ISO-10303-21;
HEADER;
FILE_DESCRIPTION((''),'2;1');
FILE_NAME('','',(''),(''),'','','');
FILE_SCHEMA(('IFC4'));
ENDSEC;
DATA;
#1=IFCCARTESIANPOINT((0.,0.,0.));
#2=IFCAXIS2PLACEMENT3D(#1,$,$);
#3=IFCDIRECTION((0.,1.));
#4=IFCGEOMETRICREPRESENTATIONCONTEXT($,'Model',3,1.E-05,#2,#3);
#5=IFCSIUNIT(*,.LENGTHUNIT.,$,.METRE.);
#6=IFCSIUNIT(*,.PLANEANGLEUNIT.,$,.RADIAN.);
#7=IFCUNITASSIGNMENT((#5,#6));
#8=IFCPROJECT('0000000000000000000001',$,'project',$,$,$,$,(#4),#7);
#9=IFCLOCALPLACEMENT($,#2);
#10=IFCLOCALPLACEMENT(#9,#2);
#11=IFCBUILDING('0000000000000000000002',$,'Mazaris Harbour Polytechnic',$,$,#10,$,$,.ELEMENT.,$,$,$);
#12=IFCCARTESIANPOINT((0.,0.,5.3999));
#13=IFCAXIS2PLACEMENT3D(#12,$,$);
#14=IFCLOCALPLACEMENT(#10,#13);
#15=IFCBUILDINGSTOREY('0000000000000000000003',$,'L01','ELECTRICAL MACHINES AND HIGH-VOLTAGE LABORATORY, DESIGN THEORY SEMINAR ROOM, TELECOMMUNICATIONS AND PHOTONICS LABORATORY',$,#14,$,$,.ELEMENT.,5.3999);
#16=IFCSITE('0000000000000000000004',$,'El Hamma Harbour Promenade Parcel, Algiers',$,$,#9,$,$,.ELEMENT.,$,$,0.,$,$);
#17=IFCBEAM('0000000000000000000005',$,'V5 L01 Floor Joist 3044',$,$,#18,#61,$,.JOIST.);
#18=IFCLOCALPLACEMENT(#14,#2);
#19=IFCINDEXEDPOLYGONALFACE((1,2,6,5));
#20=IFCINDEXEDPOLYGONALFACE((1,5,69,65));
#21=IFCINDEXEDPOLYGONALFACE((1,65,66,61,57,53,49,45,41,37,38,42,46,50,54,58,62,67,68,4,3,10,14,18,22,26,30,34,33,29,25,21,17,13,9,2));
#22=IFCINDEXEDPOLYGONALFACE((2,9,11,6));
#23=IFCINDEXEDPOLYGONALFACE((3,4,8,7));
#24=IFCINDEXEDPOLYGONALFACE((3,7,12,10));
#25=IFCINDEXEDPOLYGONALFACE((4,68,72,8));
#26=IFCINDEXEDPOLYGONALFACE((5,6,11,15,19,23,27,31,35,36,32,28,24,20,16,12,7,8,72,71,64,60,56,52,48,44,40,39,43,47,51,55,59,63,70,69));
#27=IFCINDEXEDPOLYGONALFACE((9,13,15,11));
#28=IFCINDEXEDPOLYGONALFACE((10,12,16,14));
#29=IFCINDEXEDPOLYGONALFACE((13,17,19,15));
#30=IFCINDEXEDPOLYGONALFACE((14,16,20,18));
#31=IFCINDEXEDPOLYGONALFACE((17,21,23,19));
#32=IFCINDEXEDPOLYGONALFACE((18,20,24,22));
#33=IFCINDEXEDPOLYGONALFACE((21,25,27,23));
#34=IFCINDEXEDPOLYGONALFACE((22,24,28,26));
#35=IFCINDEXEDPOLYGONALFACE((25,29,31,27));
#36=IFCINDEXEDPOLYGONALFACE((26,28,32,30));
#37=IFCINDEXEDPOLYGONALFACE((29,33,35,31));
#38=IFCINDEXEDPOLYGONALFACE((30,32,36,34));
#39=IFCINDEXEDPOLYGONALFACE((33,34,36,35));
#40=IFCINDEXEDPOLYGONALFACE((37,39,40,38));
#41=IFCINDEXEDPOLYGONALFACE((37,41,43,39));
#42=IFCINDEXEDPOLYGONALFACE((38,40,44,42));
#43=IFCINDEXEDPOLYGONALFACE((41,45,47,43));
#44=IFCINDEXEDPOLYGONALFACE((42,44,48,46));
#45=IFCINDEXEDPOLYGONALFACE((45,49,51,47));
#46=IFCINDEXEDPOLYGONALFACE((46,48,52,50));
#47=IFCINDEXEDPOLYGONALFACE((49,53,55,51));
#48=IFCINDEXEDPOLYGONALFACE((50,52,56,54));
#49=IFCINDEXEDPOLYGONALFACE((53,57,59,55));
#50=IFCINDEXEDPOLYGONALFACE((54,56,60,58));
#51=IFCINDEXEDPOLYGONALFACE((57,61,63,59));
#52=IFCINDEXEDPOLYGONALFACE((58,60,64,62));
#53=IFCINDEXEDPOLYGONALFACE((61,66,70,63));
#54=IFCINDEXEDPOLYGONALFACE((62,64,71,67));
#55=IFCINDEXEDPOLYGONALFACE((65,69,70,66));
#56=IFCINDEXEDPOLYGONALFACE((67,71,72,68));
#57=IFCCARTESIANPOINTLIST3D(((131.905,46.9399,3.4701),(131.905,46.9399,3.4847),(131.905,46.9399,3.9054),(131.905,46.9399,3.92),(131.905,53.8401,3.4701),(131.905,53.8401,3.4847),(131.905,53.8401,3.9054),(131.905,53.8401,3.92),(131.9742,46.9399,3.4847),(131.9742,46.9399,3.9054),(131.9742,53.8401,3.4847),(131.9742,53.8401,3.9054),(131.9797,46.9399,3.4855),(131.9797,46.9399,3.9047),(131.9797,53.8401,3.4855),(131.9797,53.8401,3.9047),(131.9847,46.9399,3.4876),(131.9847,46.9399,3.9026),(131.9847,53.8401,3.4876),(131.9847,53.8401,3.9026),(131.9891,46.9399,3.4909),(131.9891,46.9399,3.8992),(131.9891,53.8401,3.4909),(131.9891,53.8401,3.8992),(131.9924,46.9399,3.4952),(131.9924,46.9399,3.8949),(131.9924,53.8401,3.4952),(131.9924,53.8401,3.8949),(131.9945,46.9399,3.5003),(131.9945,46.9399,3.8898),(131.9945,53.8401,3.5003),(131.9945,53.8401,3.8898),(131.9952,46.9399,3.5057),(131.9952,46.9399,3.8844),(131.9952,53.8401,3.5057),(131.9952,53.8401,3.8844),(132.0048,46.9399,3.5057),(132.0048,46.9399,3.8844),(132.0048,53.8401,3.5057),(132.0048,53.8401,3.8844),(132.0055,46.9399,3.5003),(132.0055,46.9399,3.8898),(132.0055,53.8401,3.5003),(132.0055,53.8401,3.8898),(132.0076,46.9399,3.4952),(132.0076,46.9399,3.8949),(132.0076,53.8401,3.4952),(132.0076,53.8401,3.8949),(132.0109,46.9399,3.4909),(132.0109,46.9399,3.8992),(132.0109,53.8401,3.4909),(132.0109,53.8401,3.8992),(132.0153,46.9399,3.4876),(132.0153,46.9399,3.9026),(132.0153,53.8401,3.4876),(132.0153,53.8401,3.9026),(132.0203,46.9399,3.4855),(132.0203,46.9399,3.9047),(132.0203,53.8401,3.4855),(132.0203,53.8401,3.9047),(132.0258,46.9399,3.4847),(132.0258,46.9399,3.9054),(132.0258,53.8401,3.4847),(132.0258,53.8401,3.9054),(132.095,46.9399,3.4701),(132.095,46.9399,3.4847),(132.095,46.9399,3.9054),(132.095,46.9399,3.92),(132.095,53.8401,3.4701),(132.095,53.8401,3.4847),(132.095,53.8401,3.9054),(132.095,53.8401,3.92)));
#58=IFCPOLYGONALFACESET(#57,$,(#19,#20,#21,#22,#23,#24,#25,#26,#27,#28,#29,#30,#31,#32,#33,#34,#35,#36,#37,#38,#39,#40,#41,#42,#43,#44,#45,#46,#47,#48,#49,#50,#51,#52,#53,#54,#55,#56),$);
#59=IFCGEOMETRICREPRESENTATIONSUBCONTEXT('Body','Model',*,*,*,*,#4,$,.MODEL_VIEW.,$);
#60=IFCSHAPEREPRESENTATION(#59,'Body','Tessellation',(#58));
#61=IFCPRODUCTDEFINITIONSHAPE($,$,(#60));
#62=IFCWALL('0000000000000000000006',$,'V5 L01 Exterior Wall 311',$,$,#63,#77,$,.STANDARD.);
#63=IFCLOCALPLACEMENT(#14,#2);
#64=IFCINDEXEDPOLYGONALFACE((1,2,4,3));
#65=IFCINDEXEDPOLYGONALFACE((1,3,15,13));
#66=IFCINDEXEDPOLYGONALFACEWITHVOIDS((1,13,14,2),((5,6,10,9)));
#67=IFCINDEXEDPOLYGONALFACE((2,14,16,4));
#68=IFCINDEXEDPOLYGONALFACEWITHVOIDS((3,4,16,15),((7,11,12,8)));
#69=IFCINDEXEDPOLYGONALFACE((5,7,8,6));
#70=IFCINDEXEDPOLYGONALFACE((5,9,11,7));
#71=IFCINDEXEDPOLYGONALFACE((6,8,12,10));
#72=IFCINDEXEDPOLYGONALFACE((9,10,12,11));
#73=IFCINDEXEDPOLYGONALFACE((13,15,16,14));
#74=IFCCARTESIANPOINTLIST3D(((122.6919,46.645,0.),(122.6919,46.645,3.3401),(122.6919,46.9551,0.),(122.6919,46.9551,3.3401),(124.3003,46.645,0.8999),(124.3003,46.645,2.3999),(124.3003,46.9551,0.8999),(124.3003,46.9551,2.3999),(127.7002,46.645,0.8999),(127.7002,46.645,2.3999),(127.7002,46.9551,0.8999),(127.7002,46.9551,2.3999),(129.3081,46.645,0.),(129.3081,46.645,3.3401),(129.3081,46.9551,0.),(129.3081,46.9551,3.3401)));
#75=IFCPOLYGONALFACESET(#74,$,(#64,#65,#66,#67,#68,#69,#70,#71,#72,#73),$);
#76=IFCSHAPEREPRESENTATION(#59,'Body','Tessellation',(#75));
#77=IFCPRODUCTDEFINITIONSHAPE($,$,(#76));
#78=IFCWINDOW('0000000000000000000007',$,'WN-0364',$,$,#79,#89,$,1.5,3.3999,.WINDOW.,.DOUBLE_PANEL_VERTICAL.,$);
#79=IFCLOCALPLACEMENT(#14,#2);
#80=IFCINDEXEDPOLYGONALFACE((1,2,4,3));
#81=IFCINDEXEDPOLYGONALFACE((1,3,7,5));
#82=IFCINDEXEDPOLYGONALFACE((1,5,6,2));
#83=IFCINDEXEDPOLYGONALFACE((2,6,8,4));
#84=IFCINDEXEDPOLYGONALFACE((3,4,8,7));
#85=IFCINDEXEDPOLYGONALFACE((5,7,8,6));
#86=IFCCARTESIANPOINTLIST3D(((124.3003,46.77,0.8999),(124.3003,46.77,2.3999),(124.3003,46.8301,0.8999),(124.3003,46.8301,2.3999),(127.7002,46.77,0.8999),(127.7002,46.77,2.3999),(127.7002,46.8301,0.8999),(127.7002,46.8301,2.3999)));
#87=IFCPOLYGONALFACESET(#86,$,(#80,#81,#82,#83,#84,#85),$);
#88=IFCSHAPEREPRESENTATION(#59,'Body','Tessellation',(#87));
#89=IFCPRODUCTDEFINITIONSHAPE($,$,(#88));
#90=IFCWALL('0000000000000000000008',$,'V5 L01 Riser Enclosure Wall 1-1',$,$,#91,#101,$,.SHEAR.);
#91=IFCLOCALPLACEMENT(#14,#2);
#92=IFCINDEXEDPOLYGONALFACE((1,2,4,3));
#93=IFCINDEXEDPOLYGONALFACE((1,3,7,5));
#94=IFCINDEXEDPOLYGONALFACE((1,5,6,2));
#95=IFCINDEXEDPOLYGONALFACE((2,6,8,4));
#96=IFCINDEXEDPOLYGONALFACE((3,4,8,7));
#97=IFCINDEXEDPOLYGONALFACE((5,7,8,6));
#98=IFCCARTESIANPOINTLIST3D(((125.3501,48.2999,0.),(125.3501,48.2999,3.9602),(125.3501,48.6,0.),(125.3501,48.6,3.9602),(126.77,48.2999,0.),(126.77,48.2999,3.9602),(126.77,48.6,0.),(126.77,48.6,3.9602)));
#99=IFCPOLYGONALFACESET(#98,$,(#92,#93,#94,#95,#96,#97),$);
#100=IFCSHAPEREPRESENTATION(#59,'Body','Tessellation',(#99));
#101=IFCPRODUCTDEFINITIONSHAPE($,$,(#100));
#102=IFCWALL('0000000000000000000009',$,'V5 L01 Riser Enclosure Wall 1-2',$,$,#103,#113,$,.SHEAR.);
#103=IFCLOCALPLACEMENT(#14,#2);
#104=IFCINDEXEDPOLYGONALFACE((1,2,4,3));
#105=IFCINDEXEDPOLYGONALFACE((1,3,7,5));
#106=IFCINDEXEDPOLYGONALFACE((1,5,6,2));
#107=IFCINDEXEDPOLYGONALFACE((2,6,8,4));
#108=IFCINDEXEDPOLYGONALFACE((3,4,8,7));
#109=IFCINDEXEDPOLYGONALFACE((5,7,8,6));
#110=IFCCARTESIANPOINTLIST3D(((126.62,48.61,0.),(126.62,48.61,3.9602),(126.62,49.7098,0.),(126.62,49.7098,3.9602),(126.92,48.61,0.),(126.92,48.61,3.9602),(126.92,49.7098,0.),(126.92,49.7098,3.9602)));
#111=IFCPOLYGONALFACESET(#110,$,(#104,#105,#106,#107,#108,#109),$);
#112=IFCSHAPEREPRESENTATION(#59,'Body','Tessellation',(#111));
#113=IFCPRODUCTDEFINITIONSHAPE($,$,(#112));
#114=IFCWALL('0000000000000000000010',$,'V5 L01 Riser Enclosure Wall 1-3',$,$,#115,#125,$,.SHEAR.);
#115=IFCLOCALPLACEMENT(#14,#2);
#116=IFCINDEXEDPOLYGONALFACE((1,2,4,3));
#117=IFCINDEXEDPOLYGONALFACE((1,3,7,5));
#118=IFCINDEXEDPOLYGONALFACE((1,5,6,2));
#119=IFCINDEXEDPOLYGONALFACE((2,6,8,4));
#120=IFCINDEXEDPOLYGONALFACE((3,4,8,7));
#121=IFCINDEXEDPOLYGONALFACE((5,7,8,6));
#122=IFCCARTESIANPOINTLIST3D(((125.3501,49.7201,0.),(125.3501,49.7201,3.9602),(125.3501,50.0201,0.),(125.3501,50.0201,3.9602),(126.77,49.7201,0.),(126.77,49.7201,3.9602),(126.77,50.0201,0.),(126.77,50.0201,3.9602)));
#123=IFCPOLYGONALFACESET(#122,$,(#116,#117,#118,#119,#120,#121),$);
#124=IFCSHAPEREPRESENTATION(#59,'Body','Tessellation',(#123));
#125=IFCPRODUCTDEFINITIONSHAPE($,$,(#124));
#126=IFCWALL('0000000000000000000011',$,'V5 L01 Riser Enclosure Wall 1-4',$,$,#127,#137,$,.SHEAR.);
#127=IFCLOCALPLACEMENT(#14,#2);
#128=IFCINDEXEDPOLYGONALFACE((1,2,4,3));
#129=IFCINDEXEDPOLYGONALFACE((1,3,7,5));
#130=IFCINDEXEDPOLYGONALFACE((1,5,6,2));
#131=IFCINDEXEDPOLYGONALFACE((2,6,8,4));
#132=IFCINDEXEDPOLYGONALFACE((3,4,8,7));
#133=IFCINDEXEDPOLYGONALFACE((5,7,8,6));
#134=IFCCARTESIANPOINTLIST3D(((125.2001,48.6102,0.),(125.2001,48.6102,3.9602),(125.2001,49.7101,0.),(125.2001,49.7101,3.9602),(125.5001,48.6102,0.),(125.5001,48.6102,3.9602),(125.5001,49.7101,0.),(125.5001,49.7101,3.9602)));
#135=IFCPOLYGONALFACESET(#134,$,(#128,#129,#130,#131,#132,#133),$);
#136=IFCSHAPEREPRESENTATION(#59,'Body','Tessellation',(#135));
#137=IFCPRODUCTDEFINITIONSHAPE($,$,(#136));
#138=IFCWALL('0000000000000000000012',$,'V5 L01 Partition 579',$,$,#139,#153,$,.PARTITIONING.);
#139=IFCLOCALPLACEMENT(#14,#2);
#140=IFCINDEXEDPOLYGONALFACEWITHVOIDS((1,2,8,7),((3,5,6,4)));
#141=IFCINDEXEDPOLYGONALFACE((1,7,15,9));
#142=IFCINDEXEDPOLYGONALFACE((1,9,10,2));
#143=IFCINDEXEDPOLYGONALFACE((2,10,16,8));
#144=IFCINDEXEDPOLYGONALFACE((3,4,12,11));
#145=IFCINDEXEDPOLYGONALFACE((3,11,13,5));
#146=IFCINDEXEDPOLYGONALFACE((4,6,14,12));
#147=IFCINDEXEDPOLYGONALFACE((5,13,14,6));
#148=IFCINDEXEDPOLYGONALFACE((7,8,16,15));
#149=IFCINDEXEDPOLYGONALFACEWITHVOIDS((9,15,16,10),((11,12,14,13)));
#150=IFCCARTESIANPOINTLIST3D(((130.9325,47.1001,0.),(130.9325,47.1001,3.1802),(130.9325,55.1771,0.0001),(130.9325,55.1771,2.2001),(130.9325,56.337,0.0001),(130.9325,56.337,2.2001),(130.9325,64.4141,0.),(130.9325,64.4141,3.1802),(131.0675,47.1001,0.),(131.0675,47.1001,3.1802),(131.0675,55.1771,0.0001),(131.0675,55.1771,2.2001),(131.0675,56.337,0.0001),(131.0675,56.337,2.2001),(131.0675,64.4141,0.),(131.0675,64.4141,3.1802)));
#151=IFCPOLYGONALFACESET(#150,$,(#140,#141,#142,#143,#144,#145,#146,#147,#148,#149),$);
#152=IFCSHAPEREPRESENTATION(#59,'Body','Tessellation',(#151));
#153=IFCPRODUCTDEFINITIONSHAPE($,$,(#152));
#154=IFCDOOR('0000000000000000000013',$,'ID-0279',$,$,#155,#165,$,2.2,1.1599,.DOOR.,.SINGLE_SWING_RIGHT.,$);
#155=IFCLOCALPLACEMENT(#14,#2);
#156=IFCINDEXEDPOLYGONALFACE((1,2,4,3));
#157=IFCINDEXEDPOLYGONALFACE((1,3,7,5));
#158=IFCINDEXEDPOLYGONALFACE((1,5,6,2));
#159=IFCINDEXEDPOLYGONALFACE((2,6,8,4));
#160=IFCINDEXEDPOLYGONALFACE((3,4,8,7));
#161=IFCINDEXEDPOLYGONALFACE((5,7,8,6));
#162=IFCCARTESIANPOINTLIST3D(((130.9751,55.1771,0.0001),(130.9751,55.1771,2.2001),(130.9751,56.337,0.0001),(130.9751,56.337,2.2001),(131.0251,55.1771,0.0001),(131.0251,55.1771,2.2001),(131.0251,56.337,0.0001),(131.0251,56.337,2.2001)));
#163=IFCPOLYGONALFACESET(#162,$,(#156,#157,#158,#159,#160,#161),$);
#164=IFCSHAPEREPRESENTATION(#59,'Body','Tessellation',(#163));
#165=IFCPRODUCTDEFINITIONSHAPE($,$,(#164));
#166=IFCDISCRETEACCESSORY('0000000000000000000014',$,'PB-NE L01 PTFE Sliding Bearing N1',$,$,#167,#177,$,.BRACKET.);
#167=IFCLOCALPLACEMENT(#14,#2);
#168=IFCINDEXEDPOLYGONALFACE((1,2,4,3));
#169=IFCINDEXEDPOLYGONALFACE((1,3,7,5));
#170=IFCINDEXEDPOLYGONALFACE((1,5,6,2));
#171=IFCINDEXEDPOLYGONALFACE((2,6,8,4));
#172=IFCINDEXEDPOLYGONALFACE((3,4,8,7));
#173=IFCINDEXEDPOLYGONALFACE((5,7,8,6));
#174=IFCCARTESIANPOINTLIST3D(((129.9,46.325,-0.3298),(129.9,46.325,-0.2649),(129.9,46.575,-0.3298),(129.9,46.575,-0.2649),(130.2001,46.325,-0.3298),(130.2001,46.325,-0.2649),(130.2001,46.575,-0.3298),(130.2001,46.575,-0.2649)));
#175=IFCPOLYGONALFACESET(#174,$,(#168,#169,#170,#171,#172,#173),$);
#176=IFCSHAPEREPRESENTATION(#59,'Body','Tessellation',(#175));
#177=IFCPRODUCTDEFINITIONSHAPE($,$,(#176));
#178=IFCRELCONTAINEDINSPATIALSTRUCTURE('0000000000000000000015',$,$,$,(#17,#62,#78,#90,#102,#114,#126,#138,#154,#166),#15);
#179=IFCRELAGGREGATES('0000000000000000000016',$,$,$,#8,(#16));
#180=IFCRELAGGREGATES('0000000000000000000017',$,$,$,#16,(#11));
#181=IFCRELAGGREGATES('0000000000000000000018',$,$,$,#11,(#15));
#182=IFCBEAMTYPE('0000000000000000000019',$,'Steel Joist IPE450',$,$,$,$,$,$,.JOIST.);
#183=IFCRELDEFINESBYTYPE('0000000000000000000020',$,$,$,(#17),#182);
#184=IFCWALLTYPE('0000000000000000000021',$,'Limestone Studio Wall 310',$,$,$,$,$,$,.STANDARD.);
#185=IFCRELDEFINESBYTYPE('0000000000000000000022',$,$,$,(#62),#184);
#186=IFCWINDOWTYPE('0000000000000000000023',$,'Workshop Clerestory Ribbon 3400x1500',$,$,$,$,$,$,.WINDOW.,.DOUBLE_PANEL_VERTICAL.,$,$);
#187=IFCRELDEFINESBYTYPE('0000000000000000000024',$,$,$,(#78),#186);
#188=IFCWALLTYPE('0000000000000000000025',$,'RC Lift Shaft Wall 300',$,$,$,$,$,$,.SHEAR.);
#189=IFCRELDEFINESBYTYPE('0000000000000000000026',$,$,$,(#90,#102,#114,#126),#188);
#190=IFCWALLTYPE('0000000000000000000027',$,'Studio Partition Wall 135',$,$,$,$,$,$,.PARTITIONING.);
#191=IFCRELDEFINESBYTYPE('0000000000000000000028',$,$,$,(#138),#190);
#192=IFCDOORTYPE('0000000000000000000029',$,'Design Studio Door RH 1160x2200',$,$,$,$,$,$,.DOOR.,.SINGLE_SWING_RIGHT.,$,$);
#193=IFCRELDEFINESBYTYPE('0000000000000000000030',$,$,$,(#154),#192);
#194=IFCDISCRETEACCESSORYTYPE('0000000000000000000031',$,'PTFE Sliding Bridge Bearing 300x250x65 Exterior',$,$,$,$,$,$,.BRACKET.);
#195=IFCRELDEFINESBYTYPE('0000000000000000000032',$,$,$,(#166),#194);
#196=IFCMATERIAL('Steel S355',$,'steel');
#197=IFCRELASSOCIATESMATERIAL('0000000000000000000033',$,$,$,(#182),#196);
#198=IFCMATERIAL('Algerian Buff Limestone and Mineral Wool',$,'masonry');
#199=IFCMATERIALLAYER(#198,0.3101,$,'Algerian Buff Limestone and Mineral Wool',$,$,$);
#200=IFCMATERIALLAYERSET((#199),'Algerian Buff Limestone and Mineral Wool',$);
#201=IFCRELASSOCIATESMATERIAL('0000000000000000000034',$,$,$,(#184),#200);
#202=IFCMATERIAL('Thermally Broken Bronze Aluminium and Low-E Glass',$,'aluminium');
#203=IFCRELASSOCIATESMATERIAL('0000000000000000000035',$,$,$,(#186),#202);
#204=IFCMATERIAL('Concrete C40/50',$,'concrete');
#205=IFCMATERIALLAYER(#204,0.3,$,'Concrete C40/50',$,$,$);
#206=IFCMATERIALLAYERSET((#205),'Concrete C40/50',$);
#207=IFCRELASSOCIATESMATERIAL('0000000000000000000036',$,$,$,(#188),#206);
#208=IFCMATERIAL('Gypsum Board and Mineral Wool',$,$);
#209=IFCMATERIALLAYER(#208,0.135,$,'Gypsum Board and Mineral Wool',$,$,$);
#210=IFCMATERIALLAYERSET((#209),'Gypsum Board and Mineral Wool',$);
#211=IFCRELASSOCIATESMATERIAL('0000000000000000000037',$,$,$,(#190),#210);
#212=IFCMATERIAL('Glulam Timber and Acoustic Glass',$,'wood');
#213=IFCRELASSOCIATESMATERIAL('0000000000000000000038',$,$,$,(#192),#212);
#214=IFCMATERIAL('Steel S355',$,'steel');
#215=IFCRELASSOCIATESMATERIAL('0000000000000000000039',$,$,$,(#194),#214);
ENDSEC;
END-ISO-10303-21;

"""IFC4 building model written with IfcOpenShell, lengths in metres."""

from ifc_helpers import new_model, si_unit, direction, frame, frame_2d, origin, origin_2d, place, context, subcontext, project, spatial, rectangle, i_section, extrude, material, layer, layer_set, material_profile, profile_set, type_object, element, fill, save


model = new_model("IFC4")

# Units and contexts
model_context = context("Model", 3, precision=1e-05, world=origin(), true_north=direction((0.0, 1.0)))
body_context = subcontext(model_context, "Body", "Model", "MODEL_VIEW")
ifc_project = project(units=[si_unit("LENGTHUNIT", "METRE"), si_unit("PLANEANGLEUNIT", "RADIAN")], contexts=[model_context])

# Site, building, storey
site_placement = place(None, origin())
site = spatial("IfcSite", under=ifc_project, at=site_placement, Name="El Hamma Harbour Promenade Parcel, Algiers", CompositionType="ELEMENT", RefElevation=0.0)
building_placement = place(site_placement, origin())
building = spatial("IfcBuilding", under=site, at=building_placement, Name="Mazaris Harbour Polytechnic", CompositionType="ELEMENT")
storey_placement = place(building_placement, frame((0.0, 0.0, 5.3999)))
storey = spatial("IfcBuildingStorey", under=building, at=storey_placement, Name="L01", Description="ELECTRICAL MACHINES AND HIGH-VOLTAGE LABORATORY, DESIGN THEORY SEMINAR ROOM, TELECOMMUNICATIONS AND PHOTONICS LABORATORY", CompositionType="ELEMENT", Elevation=5.3999)

# Beam
ifc_material_1 = material(Name="Steel S355", Category="steel")
ifc_material_profile_1 = material_profile(ifc_material_1, i_section(OverallWidth=0.1899, OverallDepth=0.45, WebThickness=0.0095, FlangeThickness=0.0146, FilletRadius=0.021, at=origin_2d()), Name="IPE 450")
ifc_profile_set_1 = profile_set([ifc_material_profile_1], Name="Steel S355")
beam_type_1 = type_object("IfcBeamType", Name="Steel Joist IPE450", PredefinedType="JOIST", material=ifc_profile_set_1)
beam_1_placement = place(storey_placement, frame((132.0, 46.9399, 3.6951), z_axis=(0.0, 1.0, 0.0), x_axis=(-1.0, 0.0, 0.0)))
element("IfcBeam", 1, at=beam_1_placement, inside=storey, type_object=beam_type_1, Name="V5 L01 Floor Joist 3044", PredefinedType="JOIST", context=body_context, shape_type="SweptSolid", body=[
    extrude(i_section(OverallWidth=0.1899, OverallDepth=0.45, WebThickness=0.0095, FlangeThickness=0.0146, FilletRadius=0.021, at=origin_2d()), origin(), (0.0, 0.0, 1.0), 6.9001),
])

# Wall, opening, window
ifc_material_2 = material(Name="Algerian Buff Limestone and Mineral Wool", Category="masonry")
ifc_layer_1 = layer(ifc_material_2, 0.3101, Name="Algerian Buff Limestone and Mineral Wool")
ifc_layer_set_1 = layer_set([ifc_layer_1], Name="Algerian Buff Limestone and Mineral Wool")
wall_type_1 = type_object("IfcWallType", Name="Limestone Studio Wall 310", PredefinedType="STANDARD", material=ifc_layer_set_1)
wall_1_placement = place(storey_placement, frame((129.3081, 46.8, 0.0), z_axis=(0.0, 0.0, 1.0), x_axis=(-1.0, 0.0, 0.0)))
wall_1 = element("IfcWall", 2, at=wall_1_placement, inside=storey, type_object=wall_type_1, Name="V5 L01 Exterior Wall 311", PredefinedType="STANDARD", context=body_context, shape_type="SweptSolid", body=[
    extrude(rectangle(XDim=6.6162, YDim=0.3101, at=frame_2d((3.3081, 0.0))), origin(), (0.0, 0.0, 1.0), 3.3401),
])
opening_1_placement = place(wall_1_placement, frame((1.6079, 0.0, 0.8999)))
opening_1 = element("IfcOpeningElement", 3, at=opening_1_placement, cuts=wall_1, PredefinedType="OPENING", context=body_context, shape_type="SweptSolid", body=[
    extrude(rectangle(XDim=3.3999, YDim=1.5, at=frame_2d((1.7, 0.75))), frame((0.0, 0.165, 0.0), z_axis=(0.0, -1.0, 0.0), x_axis=(1.0, 0.0, 0.0)), (0.0, 0.0, 1.0), 0.3301),
])
ifc_material_3 = material(Name="Thermally Broken Bronze Aluminium and Low-E Glass", Category="aluminium")
window_type = type_object("IfcWindowType", Name="Workshop Clerestory Ribbon 3400x1500", PartitioningType="DOUBLE_PANEL_VERTICAL", PredefinedType="WINDOW", material=ifc_material_3)
window_placement = place(opening_1_placement, origin())
window = element("IfcWindow", 4, at=window_placement, inside=storey, type_object=window_type, Name="WN-0364", OverallHeight=1.5, OverallWidth=3.3999, PartitioningType="DOUBLE_PANEL_VERTICAL", PredefinedType="WINDOW", context=body_context, shape_type="SweptSolid", body=[
    extrude(rectangle(XDim=3.3999, YDim=1.5, at=frame_2d((1.7, 0.75))), frame((0.0, 0.03, 0.0), z_axis=(0.0, -1.0, 0.0), x_axis=(1.0, 0.0, 0.0)), (0.0, 0.0, 1.0), 0.0601),
])
fill(opening_1, window)

# Walls
ifc_material_4 = material(Name="Concrete C40/50", Category="concrete")
ifc_layer_2 = layer(ifc_material_4, 0.3, Name="Concrete C40/50")
ifc_layer_set_2 = layer_set([ifc_layer_2], Name="Concrete C40/50")
wall_type_2 = type_object("IfcWallType", Name="RC Lift Shaft Wall 300", PredefinedType="SHEAR", material=ifc_layer_set_2)
wall_2_placement = place(storey_placement, frame((125.3501, 48.45, 0.0), z_axis=(0.0, 0.0, 1.0), x_axis=(1.0, 0.0, 0.0)))
element("IfcWall", 5, at=wall_2_placement, inside=storey, type_object=wall_type_2, Name="V5 L01 Riser Enclosure Wall 1-1", PredefinedType="SHEAR", context=body_context, shape_type="SweptSolid", body=[
    extrude(rectangle(XDim=1.4199, YDim=0.3, at=frame_2d((0.71, 0.0))), origin(), (0.0, 0.0, 1.0), 3.9602),
])
wall_3_placement = place(storey_placement, frame((126.77, 48.6101, 0.0), z_axis=(0.0, 0.0, 1.0), x_axis=(0.0, 1.0, 0.0)))
element("IfcWall", 6, at=wall_3_placement, inside=storey, type_object=wall_type_2, Name="V5 L01 Riser Enclosure Wall 1-2", PredefinedType="SHEAR", context=body_context, shape_type="SweptSolid", body=[
    extrude(rectangle(XDim=1.0999, YDim=0.3, at=frame_2d((0.5498, 0.0))), origin(), (0.0, 0.0, 1.0), 3.9602),
])
wall_4_placement = place(storey_placement, frame((126.77, 49.8701, 0.0), z_axis=(0.0, 0.0, 1.0), x_axis=(-1.0, 0.0, 0.0)))
element("IfcWall", 7, at=wall_4_placement, inside=storey, type_object=wall_type_2, Name="V5 L01 Riser Enclosure Wall 1-3", PredefinedType="SHEAR", context=body_context, shape_type="SweptSolid", body=[
    extrude(rectangle(XDim=1.4199, YDim=0.3, at=frame_2d((0.71, 0.0))), origin(), (0.0, 0.0, 1.0), 3.9602),
])
wall_5_placement = place(storey_placement, frame((125.3501, 49.71, 0.0), z_axis=(0.0, 0.0, 1.0), x_axis=(0.0, -1.0, 0.0)))
element("IfcWall", 8, at=wall_5_placement, inside=storey, type_object=wall_type_2, Name="V5 L01 Riser Enclosure Wall 1-4", PredefinedType="SHEAR", context=body_context, shape_type="SweptSolid", body=[
    extrude(rectangle(XDim=1.0999, YDim=0.3, at=frame_2d((0.5498, 0.0))), origin(), (0.0, 0.0, 1.0), 3.9602),
])

# Wall, opening, door
ifc_material_5 = material(Name="Gypsum Board and Mineral Wool")
ifc_layer_3 = layer(ifc_material_5, 0.135, Name="Gypsum Board and Mineral Wool")
ifc_layer_set_3 = layer_set([ifc_layer_3], Name="Gypsum Board and Mineral Wool")
wall_type_3 = type_object("IfcWallType", Name="Studio Partition Wall 135", PredefinedType="PARTITIONING", material=ifc_layer_set_3)
wall_6_placement = place(storey_placement, frame((131.0, 47.1001, 0.0), z_axis=(0.0, 0.0, 1.0), x_axis=(0.0, 1.0, 0.0)))
wall_6 = element("IfcWall", 9, at=wall_6_placement, inside=storey, type_object=wall_type_3, Name="V5 L01 Partition 579", PredefinedType="PARTITIONING", context=body_context, shape_type="SweptSolid", body=[
    extrude(rectangle(XDim=17.314, YDim=0.135, at=frame_2d((8.657, 0.0))), origin(), (0.0, 0.0, 1.0), 3.1802),
])
opening_2_placement = place(wall_6_placement, frame((8.0769, 0.0, 0.0)))
opening_2 = element("IfcOpeningElement", 10, at=opening_2_placement, cuts=wall_6, PredefinedType="OPENING", context=body_context, shape_type="SweptSolid", body=[
    extrude(rectangle(XDim=1.1599, YDim=2.2, at=frame_2d((0.5801, 1.1001))), frame((0.0, 0.0774, 0.0), z_axis=(0.0, -1.0, 0.0), x_axis=(1.0, 0.0, 0.0)), (0.0, 0.0, 1.0), 0.155),
])
ifc_material_6 = material(Name="Glulam Timber and Acoustic Glass", Category="wood")
door_type = type_object("IfcDoorType", Name="Design Studio Door RH 1160x2200", OperationType="SINGLE_SWING_RIGHT", PredefinedType="DOOR", material=ifc_material_6)
door_placement = place(opening_2_placement, origin())
door = element("IfcDoor", 11, at=door_placement, inside=storey, type_object=door_type, Name="ID-0279", OperationType="SINGLE_SWING_RIGHT", OverallHeight=2.2, OverallWidth=1.1599, PredefinedType="DOOR", context=body_context, shape_type="SweptSolid", body=[
    extrude(rectangle(XDim=1.1599, YDim=2.2, at=frame_2d((0.5801, 1.1001))), frame((0.0, 0.0249, 0.0), z_axis=(0.0, -1.0, 0.0), x_axis=(1.0, 0.0, 0.0)), (0.0, 0.0, 1.0), 0.05),
])
fill(opening_2, door)

# Discrete accessory
ifc_material_7 = material(Name="Steel S355", Category="steel")
discrete_accessory_type_1 = type_object("IfcDiscreteAccessoryType", Name="PTFE Sliding Bridge Bearing 300x250x65 Exterior", PredefinedType="BRACKET", material=ifc_material_7)
discrete_accessory_placement = place(storey_placement, frame((130.05, 46.45, -0.3298), z_axis=(0.0, 0.0, 1.0), x_axis=(1.0, 0.0, 0.0)))
element("IfcDiscreteAccessory", 12, at=discrete_accessory_placement, inside=storey, type_object=discrete_accessory_type_1, Name="PB-NE L01 PTFE Sliding Bearing N1", PredefinedType="BRACKET", context=body_context, shape_type="SweptSolid", body=[
    extrude(rectangle(XDim=0.3, YDim=0.25, at=origin_2d()), origin(), (0.0, 0.0, 1.0), 0.0649),
])

save(model, "model.ifc")
